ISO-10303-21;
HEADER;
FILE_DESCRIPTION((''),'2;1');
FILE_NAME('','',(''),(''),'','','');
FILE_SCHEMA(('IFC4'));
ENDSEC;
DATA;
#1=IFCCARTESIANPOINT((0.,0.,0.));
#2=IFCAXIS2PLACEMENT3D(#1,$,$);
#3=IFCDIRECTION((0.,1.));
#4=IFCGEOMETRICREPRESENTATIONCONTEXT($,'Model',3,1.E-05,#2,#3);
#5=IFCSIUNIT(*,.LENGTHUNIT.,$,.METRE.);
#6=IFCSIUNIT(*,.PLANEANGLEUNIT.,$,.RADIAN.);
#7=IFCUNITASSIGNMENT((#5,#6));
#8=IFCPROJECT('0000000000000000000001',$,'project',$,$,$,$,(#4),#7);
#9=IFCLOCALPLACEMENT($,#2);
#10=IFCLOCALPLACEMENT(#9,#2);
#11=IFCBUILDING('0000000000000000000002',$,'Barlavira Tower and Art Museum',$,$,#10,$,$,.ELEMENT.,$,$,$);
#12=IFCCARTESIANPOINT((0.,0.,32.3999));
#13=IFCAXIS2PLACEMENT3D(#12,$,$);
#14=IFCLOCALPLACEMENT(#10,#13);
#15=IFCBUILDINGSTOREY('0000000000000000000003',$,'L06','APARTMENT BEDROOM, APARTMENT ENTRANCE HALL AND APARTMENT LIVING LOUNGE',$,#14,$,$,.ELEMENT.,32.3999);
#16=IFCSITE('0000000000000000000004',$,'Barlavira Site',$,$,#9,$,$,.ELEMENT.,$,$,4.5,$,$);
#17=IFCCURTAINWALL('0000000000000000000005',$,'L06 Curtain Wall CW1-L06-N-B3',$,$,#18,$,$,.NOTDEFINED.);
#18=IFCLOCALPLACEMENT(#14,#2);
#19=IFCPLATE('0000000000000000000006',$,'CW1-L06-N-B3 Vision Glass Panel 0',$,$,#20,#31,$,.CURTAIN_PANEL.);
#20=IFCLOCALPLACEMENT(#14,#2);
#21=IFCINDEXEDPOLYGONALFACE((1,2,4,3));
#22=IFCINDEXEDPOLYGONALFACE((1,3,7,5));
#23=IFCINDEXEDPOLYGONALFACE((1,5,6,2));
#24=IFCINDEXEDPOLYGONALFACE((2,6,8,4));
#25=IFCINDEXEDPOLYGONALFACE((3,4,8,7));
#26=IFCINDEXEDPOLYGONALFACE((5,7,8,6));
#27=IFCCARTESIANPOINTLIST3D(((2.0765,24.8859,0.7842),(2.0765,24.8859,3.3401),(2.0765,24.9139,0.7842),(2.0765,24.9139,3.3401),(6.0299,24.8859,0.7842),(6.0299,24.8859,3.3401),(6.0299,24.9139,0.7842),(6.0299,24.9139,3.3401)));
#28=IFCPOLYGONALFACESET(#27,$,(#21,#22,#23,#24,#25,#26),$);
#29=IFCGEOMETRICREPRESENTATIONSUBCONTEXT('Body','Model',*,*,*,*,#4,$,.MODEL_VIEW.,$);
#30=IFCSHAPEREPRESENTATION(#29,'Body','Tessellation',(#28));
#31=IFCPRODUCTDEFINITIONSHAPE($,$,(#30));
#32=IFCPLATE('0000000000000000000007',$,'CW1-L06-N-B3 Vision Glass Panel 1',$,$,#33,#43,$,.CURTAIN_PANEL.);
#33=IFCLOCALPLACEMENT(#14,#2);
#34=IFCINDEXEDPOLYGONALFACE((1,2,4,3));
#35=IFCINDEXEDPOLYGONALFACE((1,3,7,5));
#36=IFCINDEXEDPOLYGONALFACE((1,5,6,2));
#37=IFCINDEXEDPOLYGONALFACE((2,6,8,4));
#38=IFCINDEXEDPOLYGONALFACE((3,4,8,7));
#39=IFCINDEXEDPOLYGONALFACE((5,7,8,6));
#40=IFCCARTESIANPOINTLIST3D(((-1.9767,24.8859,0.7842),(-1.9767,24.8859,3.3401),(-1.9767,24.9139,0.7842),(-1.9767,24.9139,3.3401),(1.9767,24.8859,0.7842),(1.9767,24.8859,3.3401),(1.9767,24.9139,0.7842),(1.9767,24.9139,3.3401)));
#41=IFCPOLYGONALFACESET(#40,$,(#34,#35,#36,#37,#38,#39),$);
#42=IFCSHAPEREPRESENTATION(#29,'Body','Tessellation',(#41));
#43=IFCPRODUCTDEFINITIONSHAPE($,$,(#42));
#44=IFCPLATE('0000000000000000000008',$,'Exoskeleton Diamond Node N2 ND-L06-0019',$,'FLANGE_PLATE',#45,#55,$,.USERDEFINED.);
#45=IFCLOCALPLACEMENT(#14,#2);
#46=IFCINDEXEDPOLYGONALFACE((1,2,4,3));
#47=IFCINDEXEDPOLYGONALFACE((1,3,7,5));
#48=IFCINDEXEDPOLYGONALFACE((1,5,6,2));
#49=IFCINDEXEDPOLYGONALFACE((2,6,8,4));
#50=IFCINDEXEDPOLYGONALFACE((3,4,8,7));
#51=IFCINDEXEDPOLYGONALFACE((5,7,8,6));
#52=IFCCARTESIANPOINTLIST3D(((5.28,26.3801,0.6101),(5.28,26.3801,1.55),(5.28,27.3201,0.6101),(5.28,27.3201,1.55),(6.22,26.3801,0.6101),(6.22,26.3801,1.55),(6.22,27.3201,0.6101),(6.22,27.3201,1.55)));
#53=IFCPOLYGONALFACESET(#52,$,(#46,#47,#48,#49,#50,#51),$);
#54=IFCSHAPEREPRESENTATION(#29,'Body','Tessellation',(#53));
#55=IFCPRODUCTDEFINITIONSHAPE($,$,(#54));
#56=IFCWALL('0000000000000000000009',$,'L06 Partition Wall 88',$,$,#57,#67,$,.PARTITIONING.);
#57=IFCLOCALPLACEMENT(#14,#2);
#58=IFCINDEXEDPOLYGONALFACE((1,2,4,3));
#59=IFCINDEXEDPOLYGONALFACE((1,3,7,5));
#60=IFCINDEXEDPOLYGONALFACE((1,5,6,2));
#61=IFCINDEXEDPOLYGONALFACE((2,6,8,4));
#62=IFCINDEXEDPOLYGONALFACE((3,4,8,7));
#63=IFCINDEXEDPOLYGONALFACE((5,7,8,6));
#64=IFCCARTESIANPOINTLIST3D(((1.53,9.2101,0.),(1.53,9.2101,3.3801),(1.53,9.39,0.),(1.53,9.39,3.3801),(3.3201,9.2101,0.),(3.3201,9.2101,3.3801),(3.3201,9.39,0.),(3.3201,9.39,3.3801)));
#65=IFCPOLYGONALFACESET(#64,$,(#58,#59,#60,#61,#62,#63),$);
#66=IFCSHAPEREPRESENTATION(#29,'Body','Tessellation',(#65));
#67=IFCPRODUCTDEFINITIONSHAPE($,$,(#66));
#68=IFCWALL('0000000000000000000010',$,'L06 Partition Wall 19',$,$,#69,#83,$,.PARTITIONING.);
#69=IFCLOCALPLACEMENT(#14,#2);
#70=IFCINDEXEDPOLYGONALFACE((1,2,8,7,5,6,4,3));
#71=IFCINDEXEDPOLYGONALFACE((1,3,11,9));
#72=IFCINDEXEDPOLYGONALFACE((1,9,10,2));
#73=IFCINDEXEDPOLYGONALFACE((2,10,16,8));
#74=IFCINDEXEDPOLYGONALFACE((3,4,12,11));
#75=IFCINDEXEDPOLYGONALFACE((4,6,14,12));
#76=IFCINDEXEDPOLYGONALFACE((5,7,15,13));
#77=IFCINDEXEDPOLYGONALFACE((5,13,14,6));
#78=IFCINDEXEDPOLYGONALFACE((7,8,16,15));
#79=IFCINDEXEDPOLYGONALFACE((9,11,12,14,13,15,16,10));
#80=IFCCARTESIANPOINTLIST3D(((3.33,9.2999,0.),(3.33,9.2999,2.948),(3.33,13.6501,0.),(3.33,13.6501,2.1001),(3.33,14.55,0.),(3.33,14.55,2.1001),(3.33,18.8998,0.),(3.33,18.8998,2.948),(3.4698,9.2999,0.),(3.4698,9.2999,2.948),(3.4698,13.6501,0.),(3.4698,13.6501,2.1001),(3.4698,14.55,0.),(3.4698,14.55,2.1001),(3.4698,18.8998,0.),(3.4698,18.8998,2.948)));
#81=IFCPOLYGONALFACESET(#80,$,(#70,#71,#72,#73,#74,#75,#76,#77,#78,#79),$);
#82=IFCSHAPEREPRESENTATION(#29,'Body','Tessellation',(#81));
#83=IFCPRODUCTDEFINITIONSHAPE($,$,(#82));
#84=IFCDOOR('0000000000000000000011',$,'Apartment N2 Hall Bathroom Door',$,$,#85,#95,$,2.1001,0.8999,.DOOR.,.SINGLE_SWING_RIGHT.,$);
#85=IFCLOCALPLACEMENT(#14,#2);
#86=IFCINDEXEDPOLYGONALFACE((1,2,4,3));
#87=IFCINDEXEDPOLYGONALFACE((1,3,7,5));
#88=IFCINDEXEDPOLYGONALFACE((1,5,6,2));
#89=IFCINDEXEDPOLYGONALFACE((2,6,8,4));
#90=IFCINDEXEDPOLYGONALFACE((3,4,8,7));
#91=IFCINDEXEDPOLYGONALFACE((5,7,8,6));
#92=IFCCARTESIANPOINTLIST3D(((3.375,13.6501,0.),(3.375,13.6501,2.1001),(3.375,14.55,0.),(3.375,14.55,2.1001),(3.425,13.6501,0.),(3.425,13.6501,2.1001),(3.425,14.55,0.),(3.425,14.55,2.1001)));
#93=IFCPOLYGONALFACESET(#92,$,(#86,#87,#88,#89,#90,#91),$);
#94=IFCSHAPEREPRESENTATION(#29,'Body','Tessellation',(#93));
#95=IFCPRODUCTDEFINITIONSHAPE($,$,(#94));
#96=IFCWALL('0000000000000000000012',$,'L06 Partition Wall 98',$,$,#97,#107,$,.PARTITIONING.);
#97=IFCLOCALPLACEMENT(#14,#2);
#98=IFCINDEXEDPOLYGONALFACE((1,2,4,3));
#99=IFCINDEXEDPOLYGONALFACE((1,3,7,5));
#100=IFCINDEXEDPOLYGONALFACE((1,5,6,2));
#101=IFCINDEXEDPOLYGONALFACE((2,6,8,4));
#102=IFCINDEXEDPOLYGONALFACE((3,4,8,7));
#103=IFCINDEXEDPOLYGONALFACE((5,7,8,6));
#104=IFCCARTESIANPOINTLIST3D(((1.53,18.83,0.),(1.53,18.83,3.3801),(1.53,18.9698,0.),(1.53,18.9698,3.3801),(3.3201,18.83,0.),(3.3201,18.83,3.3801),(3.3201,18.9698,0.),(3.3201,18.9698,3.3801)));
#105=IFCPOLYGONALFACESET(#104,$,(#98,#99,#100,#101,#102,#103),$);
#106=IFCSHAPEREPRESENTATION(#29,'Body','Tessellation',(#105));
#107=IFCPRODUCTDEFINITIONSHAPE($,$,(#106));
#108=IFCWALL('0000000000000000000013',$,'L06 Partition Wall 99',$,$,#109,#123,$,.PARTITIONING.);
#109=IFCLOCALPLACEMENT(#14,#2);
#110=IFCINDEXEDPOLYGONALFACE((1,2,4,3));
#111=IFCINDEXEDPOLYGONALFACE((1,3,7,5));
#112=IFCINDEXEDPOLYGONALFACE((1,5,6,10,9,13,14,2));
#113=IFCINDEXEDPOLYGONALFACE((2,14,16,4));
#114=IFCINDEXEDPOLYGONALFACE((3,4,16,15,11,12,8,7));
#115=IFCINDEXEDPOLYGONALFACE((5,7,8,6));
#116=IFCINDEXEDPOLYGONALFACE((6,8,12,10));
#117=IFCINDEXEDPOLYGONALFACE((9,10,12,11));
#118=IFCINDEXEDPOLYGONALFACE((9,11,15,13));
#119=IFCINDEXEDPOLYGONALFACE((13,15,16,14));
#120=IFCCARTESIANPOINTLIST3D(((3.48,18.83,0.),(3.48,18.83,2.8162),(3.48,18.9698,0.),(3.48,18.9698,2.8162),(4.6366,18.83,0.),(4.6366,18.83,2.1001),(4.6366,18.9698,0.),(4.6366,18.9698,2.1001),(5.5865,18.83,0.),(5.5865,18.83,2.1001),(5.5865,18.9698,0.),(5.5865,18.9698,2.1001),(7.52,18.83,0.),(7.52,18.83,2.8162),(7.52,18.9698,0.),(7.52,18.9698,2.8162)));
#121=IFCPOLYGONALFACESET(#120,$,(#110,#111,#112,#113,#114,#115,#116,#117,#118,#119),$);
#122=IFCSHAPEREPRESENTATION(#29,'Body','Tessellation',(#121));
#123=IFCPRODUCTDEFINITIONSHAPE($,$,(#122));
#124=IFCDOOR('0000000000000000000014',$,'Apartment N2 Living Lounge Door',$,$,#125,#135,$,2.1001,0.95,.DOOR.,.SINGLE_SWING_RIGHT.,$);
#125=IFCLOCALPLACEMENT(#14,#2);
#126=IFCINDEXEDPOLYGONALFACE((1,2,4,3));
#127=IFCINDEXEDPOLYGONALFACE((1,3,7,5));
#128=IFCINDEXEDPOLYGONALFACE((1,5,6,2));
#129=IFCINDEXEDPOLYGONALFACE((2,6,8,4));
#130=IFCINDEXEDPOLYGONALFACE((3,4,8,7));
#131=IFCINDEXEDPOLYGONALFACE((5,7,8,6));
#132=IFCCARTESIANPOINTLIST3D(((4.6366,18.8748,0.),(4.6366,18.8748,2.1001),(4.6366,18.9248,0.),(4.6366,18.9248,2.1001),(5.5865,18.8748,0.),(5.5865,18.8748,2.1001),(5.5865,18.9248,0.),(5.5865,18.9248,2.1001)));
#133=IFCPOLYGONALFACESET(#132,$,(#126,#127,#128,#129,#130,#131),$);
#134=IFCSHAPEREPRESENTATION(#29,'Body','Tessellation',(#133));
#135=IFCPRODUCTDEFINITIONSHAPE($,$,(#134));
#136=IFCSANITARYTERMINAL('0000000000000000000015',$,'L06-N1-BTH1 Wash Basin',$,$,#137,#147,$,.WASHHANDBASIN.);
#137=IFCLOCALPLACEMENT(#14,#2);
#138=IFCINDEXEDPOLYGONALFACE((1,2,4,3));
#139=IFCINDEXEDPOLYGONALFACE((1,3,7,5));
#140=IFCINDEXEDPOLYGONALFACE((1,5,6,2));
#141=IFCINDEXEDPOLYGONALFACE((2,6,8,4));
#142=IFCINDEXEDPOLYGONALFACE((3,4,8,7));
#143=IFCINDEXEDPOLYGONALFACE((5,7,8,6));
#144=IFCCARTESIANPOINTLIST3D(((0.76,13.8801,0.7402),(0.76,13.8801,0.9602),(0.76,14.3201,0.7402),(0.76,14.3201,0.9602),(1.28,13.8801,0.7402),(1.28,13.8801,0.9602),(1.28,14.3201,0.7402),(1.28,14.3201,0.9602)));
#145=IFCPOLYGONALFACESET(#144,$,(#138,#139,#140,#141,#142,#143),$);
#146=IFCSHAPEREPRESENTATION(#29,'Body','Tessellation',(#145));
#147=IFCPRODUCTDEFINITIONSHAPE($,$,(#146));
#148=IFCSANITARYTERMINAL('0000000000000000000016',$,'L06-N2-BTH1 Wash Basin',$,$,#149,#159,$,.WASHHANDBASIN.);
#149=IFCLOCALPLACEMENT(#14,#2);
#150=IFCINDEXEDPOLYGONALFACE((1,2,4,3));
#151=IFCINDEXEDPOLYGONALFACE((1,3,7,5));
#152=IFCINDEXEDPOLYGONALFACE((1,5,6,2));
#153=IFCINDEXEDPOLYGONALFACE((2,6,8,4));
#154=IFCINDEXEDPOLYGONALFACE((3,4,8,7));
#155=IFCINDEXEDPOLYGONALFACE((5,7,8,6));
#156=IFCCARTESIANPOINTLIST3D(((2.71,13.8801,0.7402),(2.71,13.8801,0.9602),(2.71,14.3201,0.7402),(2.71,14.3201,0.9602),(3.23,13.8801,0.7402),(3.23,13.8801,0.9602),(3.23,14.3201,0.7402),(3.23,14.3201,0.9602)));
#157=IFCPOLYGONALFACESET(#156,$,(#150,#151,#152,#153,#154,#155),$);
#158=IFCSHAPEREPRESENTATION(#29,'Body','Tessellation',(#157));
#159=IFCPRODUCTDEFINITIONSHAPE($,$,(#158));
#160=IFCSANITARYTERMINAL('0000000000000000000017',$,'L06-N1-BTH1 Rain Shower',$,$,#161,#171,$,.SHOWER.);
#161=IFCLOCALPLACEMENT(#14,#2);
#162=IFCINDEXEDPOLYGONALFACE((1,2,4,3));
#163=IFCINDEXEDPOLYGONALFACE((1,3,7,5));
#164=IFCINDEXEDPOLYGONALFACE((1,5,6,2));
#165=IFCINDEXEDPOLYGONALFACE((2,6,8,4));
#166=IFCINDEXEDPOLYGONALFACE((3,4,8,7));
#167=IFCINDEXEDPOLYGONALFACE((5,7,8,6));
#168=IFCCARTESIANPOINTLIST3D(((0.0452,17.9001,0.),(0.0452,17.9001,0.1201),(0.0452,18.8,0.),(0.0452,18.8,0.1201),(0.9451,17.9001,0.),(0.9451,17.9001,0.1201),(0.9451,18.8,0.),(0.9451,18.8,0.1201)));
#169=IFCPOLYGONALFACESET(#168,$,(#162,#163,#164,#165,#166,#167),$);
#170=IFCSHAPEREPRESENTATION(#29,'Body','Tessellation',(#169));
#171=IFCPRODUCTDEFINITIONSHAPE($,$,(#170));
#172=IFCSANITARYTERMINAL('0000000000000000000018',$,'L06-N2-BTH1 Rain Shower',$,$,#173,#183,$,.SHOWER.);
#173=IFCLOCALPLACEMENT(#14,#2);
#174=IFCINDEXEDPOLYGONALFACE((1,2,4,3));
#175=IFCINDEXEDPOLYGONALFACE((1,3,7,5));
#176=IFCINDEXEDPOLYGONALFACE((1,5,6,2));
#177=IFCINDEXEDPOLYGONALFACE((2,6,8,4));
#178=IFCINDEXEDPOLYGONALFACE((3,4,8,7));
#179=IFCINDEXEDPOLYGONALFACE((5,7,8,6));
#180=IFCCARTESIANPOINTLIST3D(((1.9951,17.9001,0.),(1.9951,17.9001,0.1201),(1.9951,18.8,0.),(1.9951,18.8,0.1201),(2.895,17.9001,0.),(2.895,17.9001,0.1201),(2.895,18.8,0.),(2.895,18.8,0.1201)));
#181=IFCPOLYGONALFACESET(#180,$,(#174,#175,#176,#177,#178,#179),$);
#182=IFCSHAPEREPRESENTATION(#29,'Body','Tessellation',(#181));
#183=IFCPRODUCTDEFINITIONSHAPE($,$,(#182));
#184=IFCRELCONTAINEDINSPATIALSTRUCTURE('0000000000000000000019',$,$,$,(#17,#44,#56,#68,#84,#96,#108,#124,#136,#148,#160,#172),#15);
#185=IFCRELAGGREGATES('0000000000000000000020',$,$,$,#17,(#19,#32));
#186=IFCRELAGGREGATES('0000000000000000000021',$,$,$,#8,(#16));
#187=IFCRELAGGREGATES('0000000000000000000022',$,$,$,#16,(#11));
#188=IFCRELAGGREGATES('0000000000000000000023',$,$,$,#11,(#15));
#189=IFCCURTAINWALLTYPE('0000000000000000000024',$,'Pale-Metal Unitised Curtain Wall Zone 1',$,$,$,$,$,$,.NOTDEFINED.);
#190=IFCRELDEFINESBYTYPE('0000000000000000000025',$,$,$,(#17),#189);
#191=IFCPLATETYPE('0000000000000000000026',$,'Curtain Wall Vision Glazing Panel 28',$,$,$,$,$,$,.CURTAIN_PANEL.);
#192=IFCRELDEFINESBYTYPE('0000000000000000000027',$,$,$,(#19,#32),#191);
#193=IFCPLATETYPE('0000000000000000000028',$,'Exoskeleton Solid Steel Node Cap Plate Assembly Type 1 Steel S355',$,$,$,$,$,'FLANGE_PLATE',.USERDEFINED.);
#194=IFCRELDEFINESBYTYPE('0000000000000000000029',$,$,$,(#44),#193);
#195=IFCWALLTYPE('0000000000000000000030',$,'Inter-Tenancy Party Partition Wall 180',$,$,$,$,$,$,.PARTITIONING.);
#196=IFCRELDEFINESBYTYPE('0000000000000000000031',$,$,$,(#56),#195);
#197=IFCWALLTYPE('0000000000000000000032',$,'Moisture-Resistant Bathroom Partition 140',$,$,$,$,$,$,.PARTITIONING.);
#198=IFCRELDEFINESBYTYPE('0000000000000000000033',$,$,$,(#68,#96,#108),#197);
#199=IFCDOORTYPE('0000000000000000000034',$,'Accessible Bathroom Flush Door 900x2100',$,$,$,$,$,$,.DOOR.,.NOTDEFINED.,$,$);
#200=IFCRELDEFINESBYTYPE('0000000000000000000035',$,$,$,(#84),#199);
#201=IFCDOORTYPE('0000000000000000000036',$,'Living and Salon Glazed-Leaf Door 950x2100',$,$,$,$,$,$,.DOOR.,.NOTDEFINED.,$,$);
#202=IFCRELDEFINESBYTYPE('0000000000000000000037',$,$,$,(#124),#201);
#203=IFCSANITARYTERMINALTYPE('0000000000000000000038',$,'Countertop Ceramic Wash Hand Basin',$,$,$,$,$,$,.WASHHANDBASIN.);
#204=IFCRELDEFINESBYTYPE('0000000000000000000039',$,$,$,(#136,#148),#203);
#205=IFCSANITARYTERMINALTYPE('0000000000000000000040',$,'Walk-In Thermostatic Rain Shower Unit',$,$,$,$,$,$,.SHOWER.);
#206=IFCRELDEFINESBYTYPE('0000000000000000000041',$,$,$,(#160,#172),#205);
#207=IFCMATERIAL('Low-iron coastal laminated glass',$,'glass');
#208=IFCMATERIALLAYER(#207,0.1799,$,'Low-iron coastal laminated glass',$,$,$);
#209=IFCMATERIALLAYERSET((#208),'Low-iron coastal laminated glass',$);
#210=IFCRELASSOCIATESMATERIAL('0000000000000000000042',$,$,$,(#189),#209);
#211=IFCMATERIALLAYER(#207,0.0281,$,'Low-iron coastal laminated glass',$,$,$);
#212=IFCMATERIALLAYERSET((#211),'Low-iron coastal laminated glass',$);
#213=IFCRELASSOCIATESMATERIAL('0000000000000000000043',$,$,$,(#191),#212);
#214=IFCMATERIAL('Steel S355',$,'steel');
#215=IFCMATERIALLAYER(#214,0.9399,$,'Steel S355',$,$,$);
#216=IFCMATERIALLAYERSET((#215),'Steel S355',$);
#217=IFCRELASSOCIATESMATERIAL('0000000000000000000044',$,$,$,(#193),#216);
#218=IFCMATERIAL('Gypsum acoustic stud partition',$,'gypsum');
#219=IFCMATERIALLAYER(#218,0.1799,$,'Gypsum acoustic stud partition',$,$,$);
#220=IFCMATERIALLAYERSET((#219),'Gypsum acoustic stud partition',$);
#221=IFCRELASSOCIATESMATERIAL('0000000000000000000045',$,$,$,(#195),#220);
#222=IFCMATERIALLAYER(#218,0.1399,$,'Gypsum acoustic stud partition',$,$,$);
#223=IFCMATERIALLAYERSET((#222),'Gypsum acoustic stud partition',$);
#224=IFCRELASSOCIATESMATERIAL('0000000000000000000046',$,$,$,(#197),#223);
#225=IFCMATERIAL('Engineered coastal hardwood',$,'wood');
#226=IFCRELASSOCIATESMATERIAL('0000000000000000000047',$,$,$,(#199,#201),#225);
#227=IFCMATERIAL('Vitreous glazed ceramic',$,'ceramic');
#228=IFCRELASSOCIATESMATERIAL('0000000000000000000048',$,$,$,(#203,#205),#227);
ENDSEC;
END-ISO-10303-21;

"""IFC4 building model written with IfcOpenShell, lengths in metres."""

from ifc_helpers import new_model, si_unit, direction, frame, frame_2d, origin, origin_2d, place, context, subcontext, project, spatial, rectangle, extrude, material, layer, layer_set, type_object, element, fill, aggregate, save


model = new_model("IFC4")

# Units and contexts
model_context = context("Model", 3, precision=1e-05, world=origin(), true_north=direction((0.0, 1.0)))
body_context = subcontext(model_context, "Body", "Model", "MODEL_VIEW")
ifc_project = project(units=[si_unit("LENGTHUNIT", "METRE"), si_unit("PLANEANGLEUNIT", "RADIAN")], contexts=[model_context])

# Site, building, storey
site_placement = place(None, origin())
site = spatial("IfcSite", under=ifc_project, at=site_placement, Name="Barlavira Site", CompositionType="ELEMENT", RefElevation=4.5)
building_placement = place(site_placement, origin())
building = spatial("IfcBuilding", under=site, at=building_placement, Name="Barlavira Tower and Art Museum", CompositionType="ELEMENT")
storey_placement = place(building_placement, frame((0.0, 0.0, 32.3999)))
storey = spatial("IfcBuildingStorey", under=building, at=storey_placement, Name="L06", Description="APARTMENT BEDROOM, APARTMENT ENTRANCE HALL AND APARTMENT LIVING LOUNGE", CompositionType="ELEMENT", Elevation=32.3999)

# Curtain wall
ifc_material_1 = material(Name="Low-iron coastal laminated glass", Category="glass")
ifc_layer_1 = layer(ifc_material_1, 0.1799, Name="Low-iron coastal laminated glass")
ifc_layer_set_1 = layer_set([ifc_layer_1], Name="Low-iron coastal laminated glass")
curtain_wall_type = type_object("IfcCurtainWallType", Name="Pale-Metal Unitised Curtain Wall Zone 1", PredefinedType="NOTDEFINED", material=ifc_layer_set_1)
curtain_wall_placement = place(storey_placement, origin())
curtain_wall = element("IfcCurtainWall", 1, at=curtain_wall_placement, inside=storey, type_object=curtain_wall_type, Name="L06 Curtain Wall CW1-L06-N-B3", PredefinedType="NOTDEFINED")

# Shared definitions
ifc_material_2 = material(Name="Steel S355", Category="steel")

# Plates
ifc_layer_2 = layer(ifc_material_1, 0.0281, Name="Low-iron coastal laminated glass")
ifc_layer_set_2 = layer_set([ifc_layer_2], Name="Low-iron coastal laminated glass")
plate_type_1 = type_object("IfcPlateType", Name="Curtain Wall Vision Glazing Panel 28", PredefinedType="CURTAIN_PANEL", material=ifc_layer_set_2)
plate_1_placement = place(storey_placement, frame((4.0532, 24.8999, 0.7842), z_axis=(0.0, 0.0, 1.0), x_axis=(-1.0, 0.0, 0.0)))
plate_1 = element("IfcPlate", 2, at=plate_1_placement, type_object=plate_type_1, Name="CW1-L06-N-B3 Vision Glass Panel 0", PredefinedType="CURTAIN_PANEL", context=body_context, shape_type="SweptSolid", body=[
    extrude(rectangle(XDim=3.9534, YDim=0.0281, at=origin_2d()), origin(), (0.0, 0.0, 1.0), 2.5559),
])
plate_2_placement = place(storey_placement, frame((0.0, 24.8999, 0.7842), z_axis=(0.0, 0.0, 1.0), x_axis=(-1.0, 0.0, 0.0)))
plate_2 = element("IfcPlate", 3, at=plate_2_placement, type_object=plate_type_1, Name="CW1-L06-N-B3 Vision Glass Panel 1", PredefinedType="CURTAIN_PANEL", context=body_context, shape_type="SweptSolid", body=[
    extrude(rectangle(XDim=3.9534, YDim=0.0281, at=origin_2d()), origin(), (0.0, 0.0, 1.0), 2.5559),
])
aggregate(curtain_wall, [plate_1, plate_2])
ifc_layer_3 = layer(ifc_material_2, 0.9399, Name="Steel S355")
ifc_layer_set_3 = layer_set([ifc_layer_3], Name="Steel S355")
plate_type_2 = type_object("IfcPlateType", Name="Exoskeleton Solid Steel Node Cap Plate Assembly Type 1 Steel S355", ElementType="FLANGE_PLATE", PredefinedType="USERDEFINED", material=ifc_layer_set_3)
plate_3_placement = place(storey_placement, frame((5.75, 26.8501, 0.6101), z_axis=(0.0, 0.0, 1.0), x_axis=(1.0, 0.0, 0.0)))
element("IfcPlate", 4, at=plate_3_placement, inside=storey, type_object=plate_type_2, Name="Exoskeleton Diamond Node N2 ND-L06-0019", ObjectType="FLANGE_PLATE", PredefinedType="USERDEFINED", context=body_context, shape_type="SweptSolid", body=[
    extrude(rectangle(XDim=0.9399, YDim=0.9399, at=origin_2d()), origin(), (0.0, 0.0, 1.0), 0.9399),
])

# Wall
ifc_material_3 = material(Name="Gypsum acoustic stud partition", Category="gypsum")
ifc_layer_4 = layer(ifc_material_3, 0.1799, Name="Gypsum acoustic stud partition")
ifc_layer_set_4 = layer_set([ifc_layer_4], Name="Gypsum acoustic stud partition")
wall_type_1 = type_object("IfcWallType", Name="Inter-Tenancy Party Partition Wall 180", PredefinedType="PARTITIONING", material=ifc_layer_set_4)
wall_1_placement = place(storey_placement, frame((1.53, 9.3, 0.0), z_axis=(0.0, 0.0, 1.0), x_axis=(1.0, 0.0, 0.0)))
element("IfcWall", 5, at=wall_1_placement, inside=storey, type_object=wall_type_1, Name="L06 Partition Wall 88", PredefinedType="PARTITIONING", context=body_context, shape_type="SweptSolid", body=[
    extrude(rectangle(XDim=1.79, YDim=0.1799, at=frame_2d((0.895, 0.0))), origin(), (0.0, 0.0, 1.0), 3.3801),
])

# Wall, opening, door
ifc_layer_5 = layer(ifc_material_3, 0.1399, Name="Gypsum acoustic stud partition")
ifc_layer_set_5 = layer_set([ifc_layer_5], Name="Gypsum acoustic stud partition")
wall_type_2 = type_object("IfcWallType", Name="Moisture-Resistant Bathroom Partition 140", PredefinedType="PARTITIONING", material=ifc_layer_set_5)
wall_2_placement = place(storey_placement, frame((3.3999, 9.3, 0.0), z_axis=(0.0, 0.0, 1.0), x_axis=(0.0, 1.0, 0.0)))
wall_2 = element("IfcWall", 6, at=wall_2_placement, inside=storey, type_object=wall_type_2, Name="L06 Partition Wall 19", PredefinedType="PARTITIONING", context=body_context, shape_type="SweptSolid", body=[
    extrude(rectangle(XDim=9.5999, YDim=0.1399, at=frame_2d((4.7998, 0.0))), origin(), (0.0, 0.0, 1.0), 2.948),
])
opening_1_placement = place(wall_2_placement, frame((4.3501, 0.0, 0.0)))
opening_1 = element("IfcOpeningElement", 7, at=opening_1_placement, cuts=wall_2, PredefinedType="OPENING", context=body_context, shape_type="SweptSolid", body=[
    extrude(rectangle(XDim=0.8999, YDim=2.1001, at=frame_2d((0.45, 1.05))), frame((0.0, 0.0801, 0.0), z_axis=(0.0, -1.0, 0.0), x_axis=(1.0, 0.0, 0.0)), (0.0, 0.0, 1.0), 0.1599),
])
ifc_material_4 = material(Name="Engineered coastal hardwood", Category="wood")
door_type_1 = type_object("IfcDoorType", Name="Accessible Bathroom Flush Door 900x2100", OperationType="NOTDEFINED", PredefinedType="DOOR", material=ifc_material_4)
door_1_placement = place(opening_1_placement, origin())
door_1 = element("IfcDoor", 8, at=door_1_placement, inside=storey, type_object=door_type_1, Name="Apartment N2 Hall Bathroom Door", OperationType="SINGLE_SWING_RIGHT", OverallHeight=2.1001, OverallWidth=0.8999, PredefinedType="DOOR", context=body_context, shape_type="SweptSolid", body=[
    extrude(rectangle(XDim=0.8999, YDim=2.1001, at=frame_2d((0.45, 1.05))), frame((0.0, 0.0249, 0.0), z_axis=(0.0, -1.0, 0.0), x_axis=(1.0, 0.0, 0.0)), (0.0, 0.0, 1.0), 0.05),
])
fill(opening_1, door_1)

# Wall
wall_3_placement = place(storey_placement, frame((1.53, 18.8999, 0.0), z_axis=(0.0, 0.0, 1.0), x_axis=(1.0, 0.0, 0.0)))
element("IfcWall", 9, at=wall_3_placement, inside=storey, type_object=wall_type_2, Name="L06 Partition Wall 98", PredefinedType="PARTITIONING", context=body_context, shape_type="SweptSolid", body=[
    extrude(rectangle(XDim=1.79, YDim=0.1399, at=frame_2d((0.895, 0.0))), origin(), (0.0, 0.0, 1.0), 3.3801),
])

# Wall, opening, door
wall_4_placement = place(storey_placement, frame((3.48, 18.8999, 0.0), z_axis=(0.0, 0.0, 1.0), x_axis=(1.0, 0.0, 0.0)))
wall_4 = element("IfcWall", 10, at=wall_4_placement, inside=storey, type_object=wall_type_2, Name="L06 Partition Wall 99", PredefinedType="PARTITIONING", context=body_context, shape_type="SweptSolid", body=[
    extrude(rectangle(XDim=4.04, YDim=0.1399, at=frame_2d((2.02, 0.0))), origin(), (0.0, 0.0, 1.0), 2.8162),
])
opening_2_placement = place(wall_4_placement, frame((1.1565, 0.0, 0.0)))
opening_2 = element("IfcOpeningElement", 11, at=opening_2_placement, cuts=wall_4, PredefinedType="OPENING", context=body_context, shape_type="SweptSolid", body=[
    extrude(rectangle(XDim=0.95, YDim=2.1001, at=frame_2d((0.4751, 1.05))), frame((0.0, 0.0801, 0.0), z_axis=(0.0, -1.0, 0.0), x_axis=(1.0, 0.0, 0.0)), (0.0, 0.0, 1.0), 0.1599),
])
door_type_2 = type_object("IfcDoorType", Name="Living and Salon Glazed-Leaf Door 950x2100", OperationType="NOTDEFINED", PredefinedType="DOOR", material=ifc_material_4)
door_2_placement = place(opening_2_placement, origin())
door_2 = element("IfcDoor", 12, at=door_2_placement, inside=storey, type_object=door_type_2, Name="Apartment N2 Living Lounge Door", OperationType="SINGLE_SWING_RIGHT", OverallHeight=2.1001, OverallWidth=0.95, PredefinedType="DOOR", context=body_context, shape_type="SweptSolid", body=[
    extrude(rectangle(XDim=0.95, YDim=2.1001, at=frame_2d((0.4751, 1.05))), frame((0.0, 0.0249, 0.0), z_axis=(0.0, -1.0, 0.0), x_axis=(1.0, 0.0, 0.0)), (0.0, 0.0, 1.0), 0.05),
])
fill(opening_2, door_2)

# Sanitary terminals
ifc_material_5 = material(Name="Vitreous glazed ceramic", Category="ceramic")
sanitary_terminal_type_1 = type_object("IfcSanitaryTerminalType", Name="Countertop Ceramic Wash Hand Basin", PredefinedType="WASHHANDBASIN", material=ifc_material_5)
for number, where, z_axis, x_axis, name in (
    (13, (1.02, 14.1001, 0.7402), (0.0, 0.0, 1.0), (1.0, 0.0, 0.0), "L06-N1-BTH1 Wash Basin"),
    (14, (2.97, 14.1001, 0.7402), (0.0, 0.0, 1.0), (1.0, 0.0, 0.0), "L06-N2-BTH1 Wash Basin"),
):
    element("IfcSanitaryTerminal", number, at=place(storey_placement, frame(where, z_axis=z_axis, x_axis=x_axis)), inside=storey, type_object=sanitary_terminal_type_1, Name=name, PredefinedType="WASHHANDBASIN", context=body_context, shape_type="SweptSolid", body=[
        extrude(rectangle(XDim=0.52, YDim=0.4399, at=origin_2d()), origin(), (0.0, 0.0, 1.0), 0.22),
    ])
sanitary_terminal_type_2 = type_object("IfcSanitaryTerminalType", Name="Walk-In Thermostatic Rain Shower Unit", PredefinedType="SHOWER", material=ifc_material_5)
for number, where, z_axis, x_axis, name in (
    (15, (0.4951, 18.3501, 0.0), (0.0, 0.0, 1.0), (1.0, 0.0, 0.0), "L06-N1-BTH1 Rain Shower"),
    (16, (2.4451, 18.3501, 0.0), (0.0, 0.0, 1.0), (1.0, 0.0, 0.0), "L06-N2-BTH1 Rain Shower"),
):
    element("IfcSanitaryTerminal", number, at=place(storey_placement, frame(where, z_axis=z_axis, x_axis=x_axis)), inside=storey, type_object=sanitary_terminal_type_2, Name=name, PredefinedType="SHOWER", context=body_context, shape_type="SweptSolid", body=[
        extrude(rectangle(XDim=0.8999, YDim=0.8999, at=origin_2d()), origin(), (0.0, 0.0, 1.0), 0.1201),
    ])

save(model, "model.ifc")
